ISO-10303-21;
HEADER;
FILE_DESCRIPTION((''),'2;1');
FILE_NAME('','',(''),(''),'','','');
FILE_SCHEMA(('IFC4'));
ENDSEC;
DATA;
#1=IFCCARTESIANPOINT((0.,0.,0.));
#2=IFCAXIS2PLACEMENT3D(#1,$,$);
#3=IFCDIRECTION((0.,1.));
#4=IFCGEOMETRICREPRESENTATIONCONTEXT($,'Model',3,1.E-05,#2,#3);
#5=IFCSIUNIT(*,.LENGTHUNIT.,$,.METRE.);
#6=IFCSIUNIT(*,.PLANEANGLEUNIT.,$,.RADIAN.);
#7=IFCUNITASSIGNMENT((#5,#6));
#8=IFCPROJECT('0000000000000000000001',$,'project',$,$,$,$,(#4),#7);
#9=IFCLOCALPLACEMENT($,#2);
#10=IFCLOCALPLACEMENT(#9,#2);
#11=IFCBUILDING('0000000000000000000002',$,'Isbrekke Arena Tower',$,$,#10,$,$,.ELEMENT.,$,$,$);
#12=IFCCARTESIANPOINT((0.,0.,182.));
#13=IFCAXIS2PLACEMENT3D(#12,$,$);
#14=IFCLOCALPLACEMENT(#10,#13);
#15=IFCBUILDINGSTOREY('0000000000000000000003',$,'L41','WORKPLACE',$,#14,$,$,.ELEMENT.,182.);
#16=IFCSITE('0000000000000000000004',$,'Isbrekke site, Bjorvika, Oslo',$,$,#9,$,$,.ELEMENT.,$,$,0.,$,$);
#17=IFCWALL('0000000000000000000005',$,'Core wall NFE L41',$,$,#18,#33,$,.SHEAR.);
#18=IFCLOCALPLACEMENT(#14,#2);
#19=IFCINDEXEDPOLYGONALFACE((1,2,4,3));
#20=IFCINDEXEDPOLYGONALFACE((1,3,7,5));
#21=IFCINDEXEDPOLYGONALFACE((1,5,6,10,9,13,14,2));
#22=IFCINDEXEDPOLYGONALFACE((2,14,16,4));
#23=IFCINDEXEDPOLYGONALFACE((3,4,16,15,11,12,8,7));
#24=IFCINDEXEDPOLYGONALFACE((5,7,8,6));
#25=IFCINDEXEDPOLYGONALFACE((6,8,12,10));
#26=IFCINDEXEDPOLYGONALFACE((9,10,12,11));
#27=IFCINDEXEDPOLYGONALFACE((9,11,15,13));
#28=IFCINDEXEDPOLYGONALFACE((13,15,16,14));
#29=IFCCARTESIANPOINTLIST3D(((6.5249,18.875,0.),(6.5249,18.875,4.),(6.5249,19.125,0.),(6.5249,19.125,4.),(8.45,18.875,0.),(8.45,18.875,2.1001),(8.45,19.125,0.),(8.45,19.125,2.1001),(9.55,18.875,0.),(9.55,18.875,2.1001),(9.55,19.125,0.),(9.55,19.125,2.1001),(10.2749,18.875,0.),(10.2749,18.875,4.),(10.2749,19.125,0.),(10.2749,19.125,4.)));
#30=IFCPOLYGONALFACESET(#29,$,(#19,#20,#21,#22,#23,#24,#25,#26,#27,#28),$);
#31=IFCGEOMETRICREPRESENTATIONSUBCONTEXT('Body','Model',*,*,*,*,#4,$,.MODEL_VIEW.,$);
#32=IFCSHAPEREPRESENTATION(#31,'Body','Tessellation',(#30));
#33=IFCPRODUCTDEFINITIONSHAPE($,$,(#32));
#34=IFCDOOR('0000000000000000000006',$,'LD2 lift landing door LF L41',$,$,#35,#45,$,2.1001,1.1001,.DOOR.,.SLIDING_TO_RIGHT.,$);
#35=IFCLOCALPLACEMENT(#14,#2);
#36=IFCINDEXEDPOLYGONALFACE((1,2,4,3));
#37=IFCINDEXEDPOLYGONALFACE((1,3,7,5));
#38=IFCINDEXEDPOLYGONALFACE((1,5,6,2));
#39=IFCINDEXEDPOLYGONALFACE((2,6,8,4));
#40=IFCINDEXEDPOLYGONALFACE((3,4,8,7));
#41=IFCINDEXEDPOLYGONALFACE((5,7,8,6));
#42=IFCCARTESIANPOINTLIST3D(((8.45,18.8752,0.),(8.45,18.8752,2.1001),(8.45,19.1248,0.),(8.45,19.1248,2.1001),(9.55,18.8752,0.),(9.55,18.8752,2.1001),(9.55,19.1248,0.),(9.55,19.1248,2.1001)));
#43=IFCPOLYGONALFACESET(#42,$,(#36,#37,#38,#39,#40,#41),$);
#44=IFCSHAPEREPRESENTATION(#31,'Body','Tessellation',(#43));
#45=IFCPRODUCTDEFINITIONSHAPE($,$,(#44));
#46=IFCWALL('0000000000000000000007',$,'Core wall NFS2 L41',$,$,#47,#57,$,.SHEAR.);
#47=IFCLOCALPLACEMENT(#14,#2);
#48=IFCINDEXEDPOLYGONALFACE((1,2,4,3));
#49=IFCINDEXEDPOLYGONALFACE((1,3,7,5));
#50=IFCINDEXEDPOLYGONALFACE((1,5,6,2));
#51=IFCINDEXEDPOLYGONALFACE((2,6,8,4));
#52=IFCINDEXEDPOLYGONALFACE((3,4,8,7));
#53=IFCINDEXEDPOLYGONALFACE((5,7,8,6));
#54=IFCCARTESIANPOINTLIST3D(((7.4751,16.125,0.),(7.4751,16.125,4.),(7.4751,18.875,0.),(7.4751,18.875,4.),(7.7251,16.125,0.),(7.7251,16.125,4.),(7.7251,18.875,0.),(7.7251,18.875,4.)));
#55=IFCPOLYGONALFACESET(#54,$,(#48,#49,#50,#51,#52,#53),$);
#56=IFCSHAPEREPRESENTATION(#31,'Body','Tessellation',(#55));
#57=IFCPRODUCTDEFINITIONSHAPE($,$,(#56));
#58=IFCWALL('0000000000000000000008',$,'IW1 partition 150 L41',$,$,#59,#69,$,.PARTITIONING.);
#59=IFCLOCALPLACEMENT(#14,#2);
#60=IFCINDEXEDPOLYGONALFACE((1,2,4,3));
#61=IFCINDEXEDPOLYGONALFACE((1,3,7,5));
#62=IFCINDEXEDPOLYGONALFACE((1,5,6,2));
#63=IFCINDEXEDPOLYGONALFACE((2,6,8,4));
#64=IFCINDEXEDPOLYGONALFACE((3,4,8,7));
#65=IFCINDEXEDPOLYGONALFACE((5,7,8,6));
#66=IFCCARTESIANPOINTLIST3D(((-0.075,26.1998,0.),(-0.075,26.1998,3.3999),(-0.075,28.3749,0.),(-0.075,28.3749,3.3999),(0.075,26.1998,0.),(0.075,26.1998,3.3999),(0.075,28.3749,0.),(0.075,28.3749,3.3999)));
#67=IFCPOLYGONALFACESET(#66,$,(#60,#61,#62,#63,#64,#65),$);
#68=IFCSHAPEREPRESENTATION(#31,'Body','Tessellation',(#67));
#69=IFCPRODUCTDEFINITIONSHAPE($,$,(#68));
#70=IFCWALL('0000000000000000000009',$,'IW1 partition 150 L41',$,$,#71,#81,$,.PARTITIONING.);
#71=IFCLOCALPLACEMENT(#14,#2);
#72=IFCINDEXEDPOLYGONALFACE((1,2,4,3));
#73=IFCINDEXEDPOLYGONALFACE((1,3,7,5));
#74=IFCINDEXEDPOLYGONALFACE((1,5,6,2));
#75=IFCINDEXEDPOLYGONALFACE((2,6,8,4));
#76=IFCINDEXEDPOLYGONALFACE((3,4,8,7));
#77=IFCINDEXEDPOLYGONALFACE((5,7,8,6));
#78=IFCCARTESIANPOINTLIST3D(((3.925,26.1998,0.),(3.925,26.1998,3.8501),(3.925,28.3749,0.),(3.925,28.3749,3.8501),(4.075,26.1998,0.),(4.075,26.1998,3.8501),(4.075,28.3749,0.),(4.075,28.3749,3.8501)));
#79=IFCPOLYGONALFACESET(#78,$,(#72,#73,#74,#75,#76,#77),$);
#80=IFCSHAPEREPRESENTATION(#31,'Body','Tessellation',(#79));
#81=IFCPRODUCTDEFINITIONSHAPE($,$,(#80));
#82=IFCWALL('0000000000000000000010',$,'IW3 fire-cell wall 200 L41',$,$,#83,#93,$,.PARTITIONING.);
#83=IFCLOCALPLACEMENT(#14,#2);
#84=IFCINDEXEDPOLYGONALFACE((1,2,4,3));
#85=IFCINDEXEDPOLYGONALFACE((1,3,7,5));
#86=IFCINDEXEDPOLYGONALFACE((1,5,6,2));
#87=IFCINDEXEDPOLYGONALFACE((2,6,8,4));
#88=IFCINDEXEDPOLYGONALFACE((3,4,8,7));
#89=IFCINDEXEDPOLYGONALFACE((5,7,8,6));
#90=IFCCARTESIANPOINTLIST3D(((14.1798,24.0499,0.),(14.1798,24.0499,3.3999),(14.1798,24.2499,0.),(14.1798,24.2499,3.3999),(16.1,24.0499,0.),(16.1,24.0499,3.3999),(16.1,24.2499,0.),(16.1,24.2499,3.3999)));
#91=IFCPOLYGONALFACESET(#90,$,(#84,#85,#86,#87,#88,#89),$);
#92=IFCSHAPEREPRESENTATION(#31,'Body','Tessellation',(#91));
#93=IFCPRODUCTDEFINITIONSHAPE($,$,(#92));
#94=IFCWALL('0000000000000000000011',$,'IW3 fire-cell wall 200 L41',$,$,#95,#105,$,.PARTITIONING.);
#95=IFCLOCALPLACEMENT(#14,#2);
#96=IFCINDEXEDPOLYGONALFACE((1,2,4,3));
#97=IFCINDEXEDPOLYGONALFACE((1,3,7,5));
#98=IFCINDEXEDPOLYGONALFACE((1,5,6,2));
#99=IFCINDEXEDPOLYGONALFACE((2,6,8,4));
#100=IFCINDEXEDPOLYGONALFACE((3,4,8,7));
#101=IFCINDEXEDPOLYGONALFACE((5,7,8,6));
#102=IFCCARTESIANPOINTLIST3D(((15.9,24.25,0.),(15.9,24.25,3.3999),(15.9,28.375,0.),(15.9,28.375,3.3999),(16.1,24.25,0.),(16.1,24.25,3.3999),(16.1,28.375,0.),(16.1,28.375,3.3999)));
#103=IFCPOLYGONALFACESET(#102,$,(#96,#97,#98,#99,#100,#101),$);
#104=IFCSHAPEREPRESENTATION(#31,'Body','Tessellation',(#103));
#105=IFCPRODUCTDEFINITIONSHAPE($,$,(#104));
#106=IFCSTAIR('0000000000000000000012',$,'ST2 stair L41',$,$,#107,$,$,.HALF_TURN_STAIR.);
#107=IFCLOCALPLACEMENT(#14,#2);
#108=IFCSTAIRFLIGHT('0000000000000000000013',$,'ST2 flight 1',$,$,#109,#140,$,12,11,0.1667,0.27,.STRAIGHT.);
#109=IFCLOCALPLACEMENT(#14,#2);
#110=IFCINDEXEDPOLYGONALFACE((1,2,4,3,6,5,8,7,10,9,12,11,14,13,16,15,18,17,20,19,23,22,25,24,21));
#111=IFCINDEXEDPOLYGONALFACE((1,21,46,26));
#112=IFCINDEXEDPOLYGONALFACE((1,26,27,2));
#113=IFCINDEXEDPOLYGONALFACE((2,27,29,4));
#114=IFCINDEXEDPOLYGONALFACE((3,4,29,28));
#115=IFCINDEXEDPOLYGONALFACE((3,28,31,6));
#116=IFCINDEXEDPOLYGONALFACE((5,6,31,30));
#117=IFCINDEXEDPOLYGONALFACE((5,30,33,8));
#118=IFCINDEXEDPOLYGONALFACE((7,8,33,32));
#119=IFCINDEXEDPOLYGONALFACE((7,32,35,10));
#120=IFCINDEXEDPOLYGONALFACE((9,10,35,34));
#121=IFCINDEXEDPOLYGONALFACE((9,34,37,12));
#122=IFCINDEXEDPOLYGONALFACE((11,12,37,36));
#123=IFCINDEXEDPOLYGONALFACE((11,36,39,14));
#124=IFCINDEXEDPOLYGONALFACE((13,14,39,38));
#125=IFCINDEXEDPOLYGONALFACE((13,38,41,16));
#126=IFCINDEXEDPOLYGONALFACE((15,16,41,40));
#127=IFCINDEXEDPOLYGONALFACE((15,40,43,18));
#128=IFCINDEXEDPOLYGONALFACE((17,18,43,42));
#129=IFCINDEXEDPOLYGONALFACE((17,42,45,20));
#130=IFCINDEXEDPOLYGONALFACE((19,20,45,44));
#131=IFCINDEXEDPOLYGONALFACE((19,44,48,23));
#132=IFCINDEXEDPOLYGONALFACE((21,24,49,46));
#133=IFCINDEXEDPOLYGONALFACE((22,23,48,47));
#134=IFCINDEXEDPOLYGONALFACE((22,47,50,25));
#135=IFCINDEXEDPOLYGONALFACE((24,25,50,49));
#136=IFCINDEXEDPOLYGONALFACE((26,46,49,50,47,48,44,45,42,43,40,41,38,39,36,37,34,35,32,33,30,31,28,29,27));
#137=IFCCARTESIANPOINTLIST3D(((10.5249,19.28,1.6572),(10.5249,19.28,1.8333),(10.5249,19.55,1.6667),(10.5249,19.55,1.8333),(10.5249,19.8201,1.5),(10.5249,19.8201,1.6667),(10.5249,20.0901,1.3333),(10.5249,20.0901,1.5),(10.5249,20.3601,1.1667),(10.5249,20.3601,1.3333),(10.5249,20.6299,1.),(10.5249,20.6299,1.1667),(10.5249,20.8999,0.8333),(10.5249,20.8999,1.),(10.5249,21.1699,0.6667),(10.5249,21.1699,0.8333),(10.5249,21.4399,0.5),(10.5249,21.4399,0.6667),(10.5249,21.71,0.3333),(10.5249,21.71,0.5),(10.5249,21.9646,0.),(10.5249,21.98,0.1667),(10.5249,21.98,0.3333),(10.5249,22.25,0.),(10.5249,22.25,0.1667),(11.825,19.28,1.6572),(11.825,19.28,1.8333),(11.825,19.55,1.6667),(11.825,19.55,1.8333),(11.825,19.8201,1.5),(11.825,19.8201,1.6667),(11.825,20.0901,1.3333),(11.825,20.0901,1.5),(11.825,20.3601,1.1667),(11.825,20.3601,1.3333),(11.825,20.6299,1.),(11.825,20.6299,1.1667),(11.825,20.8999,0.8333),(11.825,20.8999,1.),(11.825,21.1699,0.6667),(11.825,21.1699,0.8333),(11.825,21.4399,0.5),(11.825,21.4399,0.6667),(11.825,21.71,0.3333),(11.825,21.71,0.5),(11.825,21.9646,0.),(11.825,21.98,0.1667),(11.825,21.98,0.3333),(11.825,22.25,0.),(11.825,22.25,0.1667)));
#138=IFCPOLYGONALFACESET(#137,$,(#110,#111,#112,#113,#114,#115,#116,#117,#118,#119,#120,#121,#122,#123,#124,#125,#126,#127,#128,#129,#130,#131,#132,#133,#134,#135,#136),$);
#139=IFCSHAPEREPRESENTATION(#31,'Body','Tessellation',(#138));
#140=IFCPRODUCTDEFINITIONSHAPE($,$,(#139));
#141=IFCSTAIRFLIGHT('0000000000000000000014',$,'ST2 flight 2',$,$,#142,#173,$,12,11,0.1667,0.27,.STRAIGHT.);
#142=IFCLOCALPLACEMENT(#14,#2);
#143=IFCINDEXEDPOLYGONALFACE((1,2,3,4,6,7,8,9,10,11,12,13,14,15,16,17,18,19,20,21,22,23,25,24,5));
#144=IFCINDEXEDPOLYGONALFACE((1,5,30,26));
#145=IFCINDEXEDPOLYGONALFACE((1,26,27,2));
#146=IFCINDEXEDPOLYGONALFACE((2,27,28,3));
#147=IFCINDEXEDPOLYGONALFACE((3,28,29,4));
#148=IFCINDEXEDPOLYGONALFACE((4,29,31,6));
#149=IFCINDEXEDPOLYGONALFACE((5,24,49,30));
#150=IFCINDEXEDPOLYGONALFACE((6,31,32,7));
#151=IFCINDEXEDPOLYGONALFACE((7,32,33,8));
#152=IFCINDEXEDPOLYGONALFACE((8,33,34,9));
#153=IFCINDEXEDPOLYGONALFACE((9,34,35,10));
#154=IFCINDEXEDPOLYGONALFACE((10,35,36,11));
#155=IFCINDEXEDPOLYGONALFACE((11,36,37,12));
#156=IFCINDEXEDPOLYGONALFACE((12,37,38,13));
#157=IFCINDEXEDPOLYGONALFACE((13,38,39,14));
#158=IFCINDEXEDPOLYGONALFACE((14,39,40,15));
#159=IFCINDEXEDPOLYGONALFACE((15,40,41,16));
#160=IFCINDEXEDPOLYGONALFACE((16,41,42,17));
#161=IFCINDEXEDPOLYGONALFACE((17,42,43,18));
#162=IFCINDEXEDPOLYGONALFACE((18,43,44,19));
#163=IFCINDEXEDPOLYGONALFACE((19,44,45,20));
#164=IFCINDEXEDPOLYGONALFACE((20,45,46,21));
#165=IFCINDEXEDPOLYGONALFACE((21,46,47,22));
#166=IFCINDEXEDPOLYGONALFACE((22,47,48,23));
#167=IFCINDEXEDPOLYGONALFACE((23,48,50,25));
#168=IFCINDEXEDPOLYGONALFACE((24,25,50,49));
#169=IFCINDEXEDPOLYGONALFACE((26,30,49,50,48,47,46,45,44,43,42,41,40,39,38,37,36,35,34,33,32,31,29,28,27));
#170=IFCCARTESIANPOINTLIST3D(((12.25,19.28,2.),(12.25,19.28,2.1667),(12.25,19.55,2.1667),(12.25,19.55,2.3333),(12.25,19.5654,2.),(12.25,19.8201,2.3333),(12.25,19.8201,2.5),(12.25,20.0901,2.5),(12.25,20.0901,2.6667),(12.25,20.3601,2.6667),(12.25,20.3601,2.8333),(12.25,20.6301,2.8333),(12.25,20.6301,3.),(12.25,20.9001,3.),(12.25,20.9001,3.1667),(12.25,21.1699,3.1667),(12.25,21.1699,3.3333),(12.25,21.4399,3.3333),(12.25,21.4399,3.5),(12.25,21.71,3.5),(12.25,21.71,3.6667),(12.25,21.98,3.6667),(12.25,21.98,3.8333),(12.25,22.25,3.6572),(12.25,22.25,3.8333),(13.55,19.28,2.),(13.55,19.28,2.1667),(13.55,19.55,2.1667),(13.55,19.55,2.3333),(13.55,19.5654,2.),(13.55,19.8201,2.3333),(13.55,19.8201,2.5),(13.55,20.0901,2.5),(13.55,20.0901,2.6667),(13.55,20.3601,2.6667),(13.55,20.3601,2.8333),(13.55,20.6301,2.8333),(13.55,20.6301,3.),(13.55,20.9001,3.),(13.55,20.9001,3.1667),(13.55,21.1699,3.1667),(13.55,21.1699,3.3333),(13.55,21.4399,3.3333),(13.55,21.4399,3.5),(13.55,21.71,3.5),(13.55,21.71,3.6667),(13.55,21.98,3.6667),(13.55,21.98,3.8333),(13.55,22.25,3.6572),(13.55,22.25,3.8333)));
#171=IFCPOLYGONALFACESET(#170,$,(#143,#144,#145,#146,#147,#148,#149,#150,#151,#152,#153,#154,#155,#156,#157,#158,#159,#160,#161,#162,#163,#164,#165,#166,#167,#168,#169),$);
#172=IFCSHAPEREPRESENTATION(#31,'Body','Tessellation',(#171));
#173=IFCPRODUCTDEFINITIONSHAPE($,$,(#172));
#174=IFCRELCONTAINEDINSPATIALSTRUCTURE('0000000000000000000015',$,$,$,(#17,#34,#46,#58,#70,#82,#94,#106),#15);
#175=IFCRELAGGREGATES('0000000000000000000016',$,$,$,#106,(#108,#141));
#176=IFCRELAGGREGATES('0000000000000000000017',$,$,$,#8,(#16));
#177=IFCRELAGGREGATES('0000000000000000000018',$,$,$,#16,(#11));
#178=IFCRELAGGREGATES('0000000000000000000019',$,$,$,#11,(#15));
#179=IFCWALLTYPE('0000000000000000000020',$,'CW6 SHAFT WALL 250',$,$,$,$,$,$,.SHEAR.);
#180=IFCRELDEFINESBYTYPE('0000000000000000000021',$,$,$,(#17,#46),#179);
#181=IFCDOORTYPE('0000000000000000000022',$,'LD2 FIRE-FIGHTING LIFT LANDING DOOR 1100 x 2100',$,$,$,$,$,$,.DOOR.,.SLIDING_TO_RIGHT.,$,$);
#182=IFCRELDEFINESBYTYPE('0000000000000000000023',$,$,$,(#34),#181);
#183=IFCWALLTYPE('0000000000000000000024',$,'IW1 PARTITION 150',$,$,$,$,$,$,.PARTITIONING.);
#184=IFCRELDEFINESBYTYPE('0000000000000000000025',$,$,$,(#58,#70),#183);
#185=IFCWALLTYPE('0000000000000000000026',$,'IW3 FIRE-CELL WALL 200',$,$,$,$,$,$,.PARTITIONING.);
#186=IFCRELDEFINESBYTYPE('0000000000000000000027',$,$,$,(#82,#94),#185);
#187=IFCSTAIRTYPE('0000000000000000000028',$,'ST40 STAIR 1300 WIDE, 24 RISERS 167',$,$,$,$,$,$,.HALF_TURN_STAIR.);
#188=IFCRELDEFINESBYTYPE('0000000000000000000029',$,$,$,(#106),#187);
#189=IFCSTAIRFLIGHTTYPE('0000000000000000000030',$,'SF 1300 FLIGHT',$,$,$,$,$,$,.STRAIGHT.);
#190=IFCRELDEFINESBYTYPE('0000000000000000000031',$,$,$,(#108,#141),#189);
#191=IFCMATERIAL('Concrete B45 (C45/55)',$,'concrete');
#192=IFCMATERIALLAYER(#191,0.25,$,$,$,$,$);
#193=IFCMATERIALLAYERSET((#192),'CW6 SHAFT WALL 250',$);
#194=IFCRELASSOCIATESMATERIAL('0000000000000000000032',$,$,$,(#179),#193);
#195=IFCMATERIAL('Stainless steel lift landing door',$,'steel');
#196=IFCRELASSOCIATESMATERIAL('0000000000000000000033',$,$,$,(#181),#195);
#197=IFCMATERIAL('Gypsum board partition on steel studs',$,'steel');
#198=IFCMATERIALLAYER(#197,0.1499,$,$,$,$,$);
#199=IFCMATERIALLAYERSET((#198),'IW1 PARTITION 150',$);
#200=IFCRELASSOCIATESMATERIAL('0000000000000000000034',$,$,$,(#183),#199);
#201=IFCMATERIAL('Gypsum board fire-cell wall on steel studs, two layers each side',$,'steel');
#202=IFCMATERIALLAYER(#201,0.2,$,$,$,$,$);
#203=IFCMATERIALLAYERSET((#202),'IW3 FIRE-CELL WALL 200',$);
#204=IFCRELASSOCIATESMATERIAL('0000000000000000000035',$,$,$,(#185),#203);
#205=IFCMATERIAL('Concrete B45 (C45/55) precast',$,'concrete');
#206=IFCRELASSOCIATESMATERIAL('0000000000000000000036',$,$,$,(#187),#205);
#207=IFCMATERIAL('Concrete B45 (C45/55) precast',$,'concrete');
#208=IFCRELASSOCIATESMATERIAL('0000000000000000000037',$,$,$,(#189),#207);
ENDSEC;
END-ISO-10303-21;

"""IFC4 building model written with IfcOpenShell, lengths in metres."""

from ifc_helpers import new_model, si_unit, direction, frame, frame_2d, origin, place, context, subcontext, project, spatial, polyline, rectangle, outline, extrude, material, layer, layer_set, type_object, element, fill, aggregate, save


model = new_model("IFC4")

# Units and contexts
model_context = context("Model", 3, precision=1e-05, world=origin(), true_north=direction((0.0, 1.0)))
body_context = subcontext(model_context, "Body", "Model", "MODEL_VIEW")
ifc_project = project(units=[si_unit("LENGTHUNIT", "METRE"), si_unit("PLANEANGLEUNIT", "RADIAN")], contexts=[model_context])

# Site, building, storey
site_placement = place(None, origin())
site = spatial("IfcSite", under=ifc_project, at=site_placement, Name="Isbrekke site, Bjorvika, Oslo", CompositionType="ELEMENT", RefElevation=0.0)
building_placement = place(site_placement, origin())
building = spatial("IfcBuilding", under=site, at=building_placement, Name="Isbrekke Arena Tower", CompositionType="ELEMENT")
storey_placement = place(building_placement, frame((0.0, 0.0, 182.0)))
storey = spatial("IfcBuildingStorey", under=building, at=storey_placement, Name="L41", Description="WORKPLACE", CompositionType="ELEMENT", Elevation=182.0)

# Shared definitions
ifc_material_1 = material(Name="Concrete B45 (C45/55)", Category="concrete")
ifc_layer_1 = layer(ifc_material_1, 0.25)
ifc_layer_set_1 = layer_set([ifc_layer_1], Name="CW6 SHAFT WALL 250")
wall_type_1 = type_object("IfcWallType", Name="CW6 SHAFT WALL 250", PredefinedType="SHEAR", material=ifc_layer_set_1)

# Wall, opening, door
wall_1_placement = place(storey_placement, frame((6.5249, 19.0, 0.0), z_axis=(0.0, 0.0, 1.0), x_axis=(1.0, 0.0, 0.0)))
wall_1 = element("IfcWall", 1, at=wall_1_placement, inside=storey, type_object=wall_type_1, Name="Core wall NFE L41", PredefinedType="SHEAR", context=body_context, shape_type="SweptSolid", body=[
    extrude(rectangle(XDim=3.75, YDim=0.25, at=frame_2d((1.875, 0.0))), origin(), (0.0, 0.0, 1.0), 4.0),
])
opening_1_placement = place(wall_1_placement, frame((1.925, 0.0, 0.0)))
opening_1 = element("IfcOpeningElement", 2, at=opening_1_placement, cuts=wall_1, PredefinedType="OPENING", context=body_context, shape_type="SweptSolid", body=[
    extrude(rectangle(XDim=1.1001, YDim=2.1001, at=frame_2d((0.55, 1.05))), frame((0.0, 0.1399, 0.0), z_axis=(0.0, -1.0, 0.0), x_axis=(1.0, 0.0, 0.0)), (0.0, 0.0, 1.0), 0.2798),
])
ifc_material_2 = material(Name="Stainless steel lift landing door", Category="steel")
door_type_1 = type_object("IfcDoorType", Name="LD2 FIRE-FIGHTING LIFT LANDING DOOR 1100 x 2100", OperationType="SLIDING_TO_RIGHT", PredefinedType="DOOR", material=ifc_material_2)
door_1_placement = place(opening_1_placement, origin())
door_1 = element("IfcDoor", 3, at=door_1_placement, inside=storey, type_object=door_type_1, Name="LD2 lift landing door LF L41", OperationType="SLIDING_TO_RIGHT", OverallHeight=2.1001, OverallWidth=1.1001, PredefinedType="DOOR", context=body_context, shape_type="SweptSolid", body=[
    extrude(rectangle(XDim=1.1001, YDim=2.1001, at=frame_2d((0.55, 1.05))), frame((0.0, 0.1248, 0.0), z_axis=(0.0, -1.0, 0.0), x_axis=(1.0, 0.0, 0.0)), (0.0, 0.0, 1.0), 0.2495),
])
fill(opening_1, door_1)

# Walls
wall_2_placement = place(storey_placement, frame((7.6001, 16.125, 0.0), z_axis=(0.0, 0.0, 1.0), x_axis=(0.0, 1.0, 0.0)))
element("IfcWall", 4, at=wall_2_placement, inside=storey, type_object=wall_type_1, Name="Core wall NFS2 L41", PredefinedType="SHEAR", context=body_context, shape_type="SweptSolid", body=[
    extrude(rectangle(XDim=2.75, YDim=0.25, at=frame_2d((1.375, 0.0))), origin(), (0.0, 0.0, 1.0), 4.0),
])
ifc_material_3 = material(Name="Gypsum board partition on steel studs", Category="steel")
ifc_layer_2 = layer(ifc_material_3, 0.1499)
ifc_layer_set_2 = layer_set([ifc_layer_2], Name="IW1 PARTITION 150")
wall_type_2 = type_object("IfcWallType", Name="IW1 PARTITION 150", PredefinedType="PARTITIONING", material=ifc_layer_set_2)
wall_3_placement = place(storey_placement, frame((0.0, 26.2, 0.0), z_axis=(0.0, 0.0, 1.0), x_axis=(0.0, 1.0, 0.0)))
element("IfcWall", 5, at=wall_3_placement, inside=storey, type_object=wall_type_2, Name="IW1 partition 150 L41", PredefinedType="PARTITIONING", context=body_context, shape_type="SweptSolid", body=[
    extrude(rectangle(XDim=2.175, YDim=0.1499, at=frame_2d((1.0874, 0.0))), origin(), (0.0, 0.0, 1.0), 3.3999),
])
wall_4_placement = place(storey_placement, frame((4.0, 26.2, 0.0), z_axis=(0.0, 0.0, 1.0), x_axis=(0.0, 1.0, 0.0)))
element("IfcWall", 6, at=wall_4_placement, inside=storey, type_object=wall_type_2, Name="IW1 partition 150 L41", PredefinedType="PARTITIONING", context=body_context, shape_type="SweptSolid", body=[
    extrude(rectangle(XDim=2.175, YDim=0.1499, at=frame_2d((1.0874, 0.0))), origin(), (0.0, 0.0, 1.0), 3.8501),
])
ifc_material_4 = material(Name="Gypsum board fire-cell wall on steel studs, two layers each side", Category="steel")
ifc_layer_3 = layer(ifc_material_4, 0.2)
ifc_layer_set_3 = layer_set([ifc_layer_3], Name="IW3 FIRE-CELL WALL 200")
wall_type_3 = type_object("IfcWallType", Name="IW3 FIRE-CELL WALL 200", PredefinedType="PARTITIONING", material=ifc_layer_set_3)
wall_5_placement = place(storey_placement, frame((14.1799, 24.1499, 0.0), z_axis=(0.0, 0.0, 1.0), x_axis=(1.0, 0.0, 0.0)))
element("IfcWall", 7, at=wall_5_placement, inside=storey, type_object=wall_type_3, Name="IW3 fire-cell wall 200 L41", PredefinedType="PARTITIONING", context=body_context, shape_type="SweptSolid", body=[
    extrude(rectangle(XDim=1.9202, YDim=0.2, at=frame_2d((0.96, 0.0))), origin(), (0.0, 0.0, 1.0), 3.3999),
])
wall_6_placement = place(storey_placement, frame((16.0, 24.25, 0.0), z_axis=(0.0, 0.0, 1.0), x_axis=(0.0, 1.0, 0.0)))
element("IfcWall", 8, at=wall_6_placement, inside=storey, type_object=wall_type_3, Name="IW3 fire-cell wall 200 L41", PredefinedType="PARTITIONING", context=body_context, shape_type="SweptSolid", body=[
    extrude(rectangle(XDim=4.125, YDim=0.2, at=frame_2d((2.0625, 0.0))), origin(), (0.0, 0.0, 1.0), 3.3999),
])

# Stair, stair flights
ifc_material_5 = material(Name="Concrete B45 (C45/55) precast", Category="concrete")
stair_type = type_object("IfcStairType", Name="ST40 STAIR 1300 WIDE, 24 RISERS 167", PredefinedType="HALF_TURN_STAIR", material=ifc_material_5)
stair_placement = place(storey_placement, origin())
stair = element("IfcStair", 9, at=stair_placement, inside=storey, type_object=stair_type, Name="ST2 stair L41", PredefinedType="HALF_TURN_STAIR")
ifc_material_6 = material(Name="Concrete B45 (C45/55) precast", Category="concrete")
stair_flight_type = type_object("IfcStairFlightType", Name="SF 1300 FLIGHT", PredefinedType="STRAIGHT", material=ifc_material_6)
stair_flight_1_placement = place(storey_placement, frame((11.175, 22.25, 0.0), z_axis=(0.0, 0.0, 1.0), x_axis=(0.0, -1.0, 0.0)))
stair_flight_1 = element("IfcStairFlight", 10, at=stair_flight_1_placement, type_object=stair_flight_type, Name="ST2 flight 1", NumberOfRisers=12, NumberOfTreads=11, PredefinedType="STRAIGHT", RiserHeight=0.1667, TreadLength=0.27, context=body_context, shape_type="SweptSolid", body=[
    extrude(outline(polyline([(0.0, 0.0), (0.0, 0.1667), (0.27, 0.1667), (0.27, 0.3333), (0.54, 0.3333), (0.54, 0.5), (0.8101, 0.5), (0.8101, 0.6667), (1.0801, 0.6667), (1.0801, 0.8333), (1.3501, 0.8333), (1.3501, 1.0), (1.6201, 1.0), (1.6201, 1.1667), (1.8899, 1.1667), (1.8899, 1.3333), (2.1599, 1.3333), (2.1599, 1.5), (2.4299, 1.5), (2.4299, 1.6667), (2.7, 1.6667), (2.7, 1.8333), (2.97, 1.8333), (2.97, 2.0), (2.97, 1.6572), (0.2854, 0.0), (0.0, 0.0)])), frame((0.0, 0.6499, 0.0), z_axis=(0.0, -1.0, 0.0), x_axis=(1.0, 0.0, 0.0)), (0.0, 0.0, 1.0), 1.3),
])
stair_flight_2_placement = place(storey_placement, frame((12.8999, 19.28, 2.0), z_axis=(0.0, 0.0, 1.0), x_axis=(0.0, 1.0, 0.0)))
stair_flight_2 = element("IfcStairFlight", 11, at=stair_flight_2_placement, type_object=stair_flight_type, Name="ST2 flight 2", NumberOfRisers=12, NumberOfTreads=11, PredefinedType="STRAIGHT", RiserHeight=0.1667, TreadLength=0.27, context=body_context, shape_type="SweptSolid", body=[
    extrude(outline(polyline([(0.0, 0.0), (0.0, 0.1667), (0.27, 0.1667), (0.27, 0.3333), (0.54, 0.3333), (0.54, 0.5), (0.8101, 0.5), (0.8101, 0.6667), (1.0801, 0.6667), (1.0801, 0.8333), (1.3501, 0.8333), (1.3501, 1.0), (1.6201, 1.0), (1.6201, 1.1667), (1.8899, 1.1667), (1.8899, 1.3333), (2.1599, 1.3333), (2.1599, 1.5), (2.4299, 1.5), (2.4299, 1.6667), (2.7, 1.6667), (2.7, 1.8333), (2.97, 1.8333), (2.97, 2.0), (2.97, 1.6572), (0.2854, 0.0), (0.0, 0.0)])), frame((0.0, 0.6499, 0.0), z_axis=(0.0, -1.0, 0.0), x_axis=(1.0, 0.0, 0.0)), (0.0, 0.0, 1.0), 1.3),
])
aggregate(stair, [stair_flight_1, stair_flight_2])

save(model, "model.ifc")
